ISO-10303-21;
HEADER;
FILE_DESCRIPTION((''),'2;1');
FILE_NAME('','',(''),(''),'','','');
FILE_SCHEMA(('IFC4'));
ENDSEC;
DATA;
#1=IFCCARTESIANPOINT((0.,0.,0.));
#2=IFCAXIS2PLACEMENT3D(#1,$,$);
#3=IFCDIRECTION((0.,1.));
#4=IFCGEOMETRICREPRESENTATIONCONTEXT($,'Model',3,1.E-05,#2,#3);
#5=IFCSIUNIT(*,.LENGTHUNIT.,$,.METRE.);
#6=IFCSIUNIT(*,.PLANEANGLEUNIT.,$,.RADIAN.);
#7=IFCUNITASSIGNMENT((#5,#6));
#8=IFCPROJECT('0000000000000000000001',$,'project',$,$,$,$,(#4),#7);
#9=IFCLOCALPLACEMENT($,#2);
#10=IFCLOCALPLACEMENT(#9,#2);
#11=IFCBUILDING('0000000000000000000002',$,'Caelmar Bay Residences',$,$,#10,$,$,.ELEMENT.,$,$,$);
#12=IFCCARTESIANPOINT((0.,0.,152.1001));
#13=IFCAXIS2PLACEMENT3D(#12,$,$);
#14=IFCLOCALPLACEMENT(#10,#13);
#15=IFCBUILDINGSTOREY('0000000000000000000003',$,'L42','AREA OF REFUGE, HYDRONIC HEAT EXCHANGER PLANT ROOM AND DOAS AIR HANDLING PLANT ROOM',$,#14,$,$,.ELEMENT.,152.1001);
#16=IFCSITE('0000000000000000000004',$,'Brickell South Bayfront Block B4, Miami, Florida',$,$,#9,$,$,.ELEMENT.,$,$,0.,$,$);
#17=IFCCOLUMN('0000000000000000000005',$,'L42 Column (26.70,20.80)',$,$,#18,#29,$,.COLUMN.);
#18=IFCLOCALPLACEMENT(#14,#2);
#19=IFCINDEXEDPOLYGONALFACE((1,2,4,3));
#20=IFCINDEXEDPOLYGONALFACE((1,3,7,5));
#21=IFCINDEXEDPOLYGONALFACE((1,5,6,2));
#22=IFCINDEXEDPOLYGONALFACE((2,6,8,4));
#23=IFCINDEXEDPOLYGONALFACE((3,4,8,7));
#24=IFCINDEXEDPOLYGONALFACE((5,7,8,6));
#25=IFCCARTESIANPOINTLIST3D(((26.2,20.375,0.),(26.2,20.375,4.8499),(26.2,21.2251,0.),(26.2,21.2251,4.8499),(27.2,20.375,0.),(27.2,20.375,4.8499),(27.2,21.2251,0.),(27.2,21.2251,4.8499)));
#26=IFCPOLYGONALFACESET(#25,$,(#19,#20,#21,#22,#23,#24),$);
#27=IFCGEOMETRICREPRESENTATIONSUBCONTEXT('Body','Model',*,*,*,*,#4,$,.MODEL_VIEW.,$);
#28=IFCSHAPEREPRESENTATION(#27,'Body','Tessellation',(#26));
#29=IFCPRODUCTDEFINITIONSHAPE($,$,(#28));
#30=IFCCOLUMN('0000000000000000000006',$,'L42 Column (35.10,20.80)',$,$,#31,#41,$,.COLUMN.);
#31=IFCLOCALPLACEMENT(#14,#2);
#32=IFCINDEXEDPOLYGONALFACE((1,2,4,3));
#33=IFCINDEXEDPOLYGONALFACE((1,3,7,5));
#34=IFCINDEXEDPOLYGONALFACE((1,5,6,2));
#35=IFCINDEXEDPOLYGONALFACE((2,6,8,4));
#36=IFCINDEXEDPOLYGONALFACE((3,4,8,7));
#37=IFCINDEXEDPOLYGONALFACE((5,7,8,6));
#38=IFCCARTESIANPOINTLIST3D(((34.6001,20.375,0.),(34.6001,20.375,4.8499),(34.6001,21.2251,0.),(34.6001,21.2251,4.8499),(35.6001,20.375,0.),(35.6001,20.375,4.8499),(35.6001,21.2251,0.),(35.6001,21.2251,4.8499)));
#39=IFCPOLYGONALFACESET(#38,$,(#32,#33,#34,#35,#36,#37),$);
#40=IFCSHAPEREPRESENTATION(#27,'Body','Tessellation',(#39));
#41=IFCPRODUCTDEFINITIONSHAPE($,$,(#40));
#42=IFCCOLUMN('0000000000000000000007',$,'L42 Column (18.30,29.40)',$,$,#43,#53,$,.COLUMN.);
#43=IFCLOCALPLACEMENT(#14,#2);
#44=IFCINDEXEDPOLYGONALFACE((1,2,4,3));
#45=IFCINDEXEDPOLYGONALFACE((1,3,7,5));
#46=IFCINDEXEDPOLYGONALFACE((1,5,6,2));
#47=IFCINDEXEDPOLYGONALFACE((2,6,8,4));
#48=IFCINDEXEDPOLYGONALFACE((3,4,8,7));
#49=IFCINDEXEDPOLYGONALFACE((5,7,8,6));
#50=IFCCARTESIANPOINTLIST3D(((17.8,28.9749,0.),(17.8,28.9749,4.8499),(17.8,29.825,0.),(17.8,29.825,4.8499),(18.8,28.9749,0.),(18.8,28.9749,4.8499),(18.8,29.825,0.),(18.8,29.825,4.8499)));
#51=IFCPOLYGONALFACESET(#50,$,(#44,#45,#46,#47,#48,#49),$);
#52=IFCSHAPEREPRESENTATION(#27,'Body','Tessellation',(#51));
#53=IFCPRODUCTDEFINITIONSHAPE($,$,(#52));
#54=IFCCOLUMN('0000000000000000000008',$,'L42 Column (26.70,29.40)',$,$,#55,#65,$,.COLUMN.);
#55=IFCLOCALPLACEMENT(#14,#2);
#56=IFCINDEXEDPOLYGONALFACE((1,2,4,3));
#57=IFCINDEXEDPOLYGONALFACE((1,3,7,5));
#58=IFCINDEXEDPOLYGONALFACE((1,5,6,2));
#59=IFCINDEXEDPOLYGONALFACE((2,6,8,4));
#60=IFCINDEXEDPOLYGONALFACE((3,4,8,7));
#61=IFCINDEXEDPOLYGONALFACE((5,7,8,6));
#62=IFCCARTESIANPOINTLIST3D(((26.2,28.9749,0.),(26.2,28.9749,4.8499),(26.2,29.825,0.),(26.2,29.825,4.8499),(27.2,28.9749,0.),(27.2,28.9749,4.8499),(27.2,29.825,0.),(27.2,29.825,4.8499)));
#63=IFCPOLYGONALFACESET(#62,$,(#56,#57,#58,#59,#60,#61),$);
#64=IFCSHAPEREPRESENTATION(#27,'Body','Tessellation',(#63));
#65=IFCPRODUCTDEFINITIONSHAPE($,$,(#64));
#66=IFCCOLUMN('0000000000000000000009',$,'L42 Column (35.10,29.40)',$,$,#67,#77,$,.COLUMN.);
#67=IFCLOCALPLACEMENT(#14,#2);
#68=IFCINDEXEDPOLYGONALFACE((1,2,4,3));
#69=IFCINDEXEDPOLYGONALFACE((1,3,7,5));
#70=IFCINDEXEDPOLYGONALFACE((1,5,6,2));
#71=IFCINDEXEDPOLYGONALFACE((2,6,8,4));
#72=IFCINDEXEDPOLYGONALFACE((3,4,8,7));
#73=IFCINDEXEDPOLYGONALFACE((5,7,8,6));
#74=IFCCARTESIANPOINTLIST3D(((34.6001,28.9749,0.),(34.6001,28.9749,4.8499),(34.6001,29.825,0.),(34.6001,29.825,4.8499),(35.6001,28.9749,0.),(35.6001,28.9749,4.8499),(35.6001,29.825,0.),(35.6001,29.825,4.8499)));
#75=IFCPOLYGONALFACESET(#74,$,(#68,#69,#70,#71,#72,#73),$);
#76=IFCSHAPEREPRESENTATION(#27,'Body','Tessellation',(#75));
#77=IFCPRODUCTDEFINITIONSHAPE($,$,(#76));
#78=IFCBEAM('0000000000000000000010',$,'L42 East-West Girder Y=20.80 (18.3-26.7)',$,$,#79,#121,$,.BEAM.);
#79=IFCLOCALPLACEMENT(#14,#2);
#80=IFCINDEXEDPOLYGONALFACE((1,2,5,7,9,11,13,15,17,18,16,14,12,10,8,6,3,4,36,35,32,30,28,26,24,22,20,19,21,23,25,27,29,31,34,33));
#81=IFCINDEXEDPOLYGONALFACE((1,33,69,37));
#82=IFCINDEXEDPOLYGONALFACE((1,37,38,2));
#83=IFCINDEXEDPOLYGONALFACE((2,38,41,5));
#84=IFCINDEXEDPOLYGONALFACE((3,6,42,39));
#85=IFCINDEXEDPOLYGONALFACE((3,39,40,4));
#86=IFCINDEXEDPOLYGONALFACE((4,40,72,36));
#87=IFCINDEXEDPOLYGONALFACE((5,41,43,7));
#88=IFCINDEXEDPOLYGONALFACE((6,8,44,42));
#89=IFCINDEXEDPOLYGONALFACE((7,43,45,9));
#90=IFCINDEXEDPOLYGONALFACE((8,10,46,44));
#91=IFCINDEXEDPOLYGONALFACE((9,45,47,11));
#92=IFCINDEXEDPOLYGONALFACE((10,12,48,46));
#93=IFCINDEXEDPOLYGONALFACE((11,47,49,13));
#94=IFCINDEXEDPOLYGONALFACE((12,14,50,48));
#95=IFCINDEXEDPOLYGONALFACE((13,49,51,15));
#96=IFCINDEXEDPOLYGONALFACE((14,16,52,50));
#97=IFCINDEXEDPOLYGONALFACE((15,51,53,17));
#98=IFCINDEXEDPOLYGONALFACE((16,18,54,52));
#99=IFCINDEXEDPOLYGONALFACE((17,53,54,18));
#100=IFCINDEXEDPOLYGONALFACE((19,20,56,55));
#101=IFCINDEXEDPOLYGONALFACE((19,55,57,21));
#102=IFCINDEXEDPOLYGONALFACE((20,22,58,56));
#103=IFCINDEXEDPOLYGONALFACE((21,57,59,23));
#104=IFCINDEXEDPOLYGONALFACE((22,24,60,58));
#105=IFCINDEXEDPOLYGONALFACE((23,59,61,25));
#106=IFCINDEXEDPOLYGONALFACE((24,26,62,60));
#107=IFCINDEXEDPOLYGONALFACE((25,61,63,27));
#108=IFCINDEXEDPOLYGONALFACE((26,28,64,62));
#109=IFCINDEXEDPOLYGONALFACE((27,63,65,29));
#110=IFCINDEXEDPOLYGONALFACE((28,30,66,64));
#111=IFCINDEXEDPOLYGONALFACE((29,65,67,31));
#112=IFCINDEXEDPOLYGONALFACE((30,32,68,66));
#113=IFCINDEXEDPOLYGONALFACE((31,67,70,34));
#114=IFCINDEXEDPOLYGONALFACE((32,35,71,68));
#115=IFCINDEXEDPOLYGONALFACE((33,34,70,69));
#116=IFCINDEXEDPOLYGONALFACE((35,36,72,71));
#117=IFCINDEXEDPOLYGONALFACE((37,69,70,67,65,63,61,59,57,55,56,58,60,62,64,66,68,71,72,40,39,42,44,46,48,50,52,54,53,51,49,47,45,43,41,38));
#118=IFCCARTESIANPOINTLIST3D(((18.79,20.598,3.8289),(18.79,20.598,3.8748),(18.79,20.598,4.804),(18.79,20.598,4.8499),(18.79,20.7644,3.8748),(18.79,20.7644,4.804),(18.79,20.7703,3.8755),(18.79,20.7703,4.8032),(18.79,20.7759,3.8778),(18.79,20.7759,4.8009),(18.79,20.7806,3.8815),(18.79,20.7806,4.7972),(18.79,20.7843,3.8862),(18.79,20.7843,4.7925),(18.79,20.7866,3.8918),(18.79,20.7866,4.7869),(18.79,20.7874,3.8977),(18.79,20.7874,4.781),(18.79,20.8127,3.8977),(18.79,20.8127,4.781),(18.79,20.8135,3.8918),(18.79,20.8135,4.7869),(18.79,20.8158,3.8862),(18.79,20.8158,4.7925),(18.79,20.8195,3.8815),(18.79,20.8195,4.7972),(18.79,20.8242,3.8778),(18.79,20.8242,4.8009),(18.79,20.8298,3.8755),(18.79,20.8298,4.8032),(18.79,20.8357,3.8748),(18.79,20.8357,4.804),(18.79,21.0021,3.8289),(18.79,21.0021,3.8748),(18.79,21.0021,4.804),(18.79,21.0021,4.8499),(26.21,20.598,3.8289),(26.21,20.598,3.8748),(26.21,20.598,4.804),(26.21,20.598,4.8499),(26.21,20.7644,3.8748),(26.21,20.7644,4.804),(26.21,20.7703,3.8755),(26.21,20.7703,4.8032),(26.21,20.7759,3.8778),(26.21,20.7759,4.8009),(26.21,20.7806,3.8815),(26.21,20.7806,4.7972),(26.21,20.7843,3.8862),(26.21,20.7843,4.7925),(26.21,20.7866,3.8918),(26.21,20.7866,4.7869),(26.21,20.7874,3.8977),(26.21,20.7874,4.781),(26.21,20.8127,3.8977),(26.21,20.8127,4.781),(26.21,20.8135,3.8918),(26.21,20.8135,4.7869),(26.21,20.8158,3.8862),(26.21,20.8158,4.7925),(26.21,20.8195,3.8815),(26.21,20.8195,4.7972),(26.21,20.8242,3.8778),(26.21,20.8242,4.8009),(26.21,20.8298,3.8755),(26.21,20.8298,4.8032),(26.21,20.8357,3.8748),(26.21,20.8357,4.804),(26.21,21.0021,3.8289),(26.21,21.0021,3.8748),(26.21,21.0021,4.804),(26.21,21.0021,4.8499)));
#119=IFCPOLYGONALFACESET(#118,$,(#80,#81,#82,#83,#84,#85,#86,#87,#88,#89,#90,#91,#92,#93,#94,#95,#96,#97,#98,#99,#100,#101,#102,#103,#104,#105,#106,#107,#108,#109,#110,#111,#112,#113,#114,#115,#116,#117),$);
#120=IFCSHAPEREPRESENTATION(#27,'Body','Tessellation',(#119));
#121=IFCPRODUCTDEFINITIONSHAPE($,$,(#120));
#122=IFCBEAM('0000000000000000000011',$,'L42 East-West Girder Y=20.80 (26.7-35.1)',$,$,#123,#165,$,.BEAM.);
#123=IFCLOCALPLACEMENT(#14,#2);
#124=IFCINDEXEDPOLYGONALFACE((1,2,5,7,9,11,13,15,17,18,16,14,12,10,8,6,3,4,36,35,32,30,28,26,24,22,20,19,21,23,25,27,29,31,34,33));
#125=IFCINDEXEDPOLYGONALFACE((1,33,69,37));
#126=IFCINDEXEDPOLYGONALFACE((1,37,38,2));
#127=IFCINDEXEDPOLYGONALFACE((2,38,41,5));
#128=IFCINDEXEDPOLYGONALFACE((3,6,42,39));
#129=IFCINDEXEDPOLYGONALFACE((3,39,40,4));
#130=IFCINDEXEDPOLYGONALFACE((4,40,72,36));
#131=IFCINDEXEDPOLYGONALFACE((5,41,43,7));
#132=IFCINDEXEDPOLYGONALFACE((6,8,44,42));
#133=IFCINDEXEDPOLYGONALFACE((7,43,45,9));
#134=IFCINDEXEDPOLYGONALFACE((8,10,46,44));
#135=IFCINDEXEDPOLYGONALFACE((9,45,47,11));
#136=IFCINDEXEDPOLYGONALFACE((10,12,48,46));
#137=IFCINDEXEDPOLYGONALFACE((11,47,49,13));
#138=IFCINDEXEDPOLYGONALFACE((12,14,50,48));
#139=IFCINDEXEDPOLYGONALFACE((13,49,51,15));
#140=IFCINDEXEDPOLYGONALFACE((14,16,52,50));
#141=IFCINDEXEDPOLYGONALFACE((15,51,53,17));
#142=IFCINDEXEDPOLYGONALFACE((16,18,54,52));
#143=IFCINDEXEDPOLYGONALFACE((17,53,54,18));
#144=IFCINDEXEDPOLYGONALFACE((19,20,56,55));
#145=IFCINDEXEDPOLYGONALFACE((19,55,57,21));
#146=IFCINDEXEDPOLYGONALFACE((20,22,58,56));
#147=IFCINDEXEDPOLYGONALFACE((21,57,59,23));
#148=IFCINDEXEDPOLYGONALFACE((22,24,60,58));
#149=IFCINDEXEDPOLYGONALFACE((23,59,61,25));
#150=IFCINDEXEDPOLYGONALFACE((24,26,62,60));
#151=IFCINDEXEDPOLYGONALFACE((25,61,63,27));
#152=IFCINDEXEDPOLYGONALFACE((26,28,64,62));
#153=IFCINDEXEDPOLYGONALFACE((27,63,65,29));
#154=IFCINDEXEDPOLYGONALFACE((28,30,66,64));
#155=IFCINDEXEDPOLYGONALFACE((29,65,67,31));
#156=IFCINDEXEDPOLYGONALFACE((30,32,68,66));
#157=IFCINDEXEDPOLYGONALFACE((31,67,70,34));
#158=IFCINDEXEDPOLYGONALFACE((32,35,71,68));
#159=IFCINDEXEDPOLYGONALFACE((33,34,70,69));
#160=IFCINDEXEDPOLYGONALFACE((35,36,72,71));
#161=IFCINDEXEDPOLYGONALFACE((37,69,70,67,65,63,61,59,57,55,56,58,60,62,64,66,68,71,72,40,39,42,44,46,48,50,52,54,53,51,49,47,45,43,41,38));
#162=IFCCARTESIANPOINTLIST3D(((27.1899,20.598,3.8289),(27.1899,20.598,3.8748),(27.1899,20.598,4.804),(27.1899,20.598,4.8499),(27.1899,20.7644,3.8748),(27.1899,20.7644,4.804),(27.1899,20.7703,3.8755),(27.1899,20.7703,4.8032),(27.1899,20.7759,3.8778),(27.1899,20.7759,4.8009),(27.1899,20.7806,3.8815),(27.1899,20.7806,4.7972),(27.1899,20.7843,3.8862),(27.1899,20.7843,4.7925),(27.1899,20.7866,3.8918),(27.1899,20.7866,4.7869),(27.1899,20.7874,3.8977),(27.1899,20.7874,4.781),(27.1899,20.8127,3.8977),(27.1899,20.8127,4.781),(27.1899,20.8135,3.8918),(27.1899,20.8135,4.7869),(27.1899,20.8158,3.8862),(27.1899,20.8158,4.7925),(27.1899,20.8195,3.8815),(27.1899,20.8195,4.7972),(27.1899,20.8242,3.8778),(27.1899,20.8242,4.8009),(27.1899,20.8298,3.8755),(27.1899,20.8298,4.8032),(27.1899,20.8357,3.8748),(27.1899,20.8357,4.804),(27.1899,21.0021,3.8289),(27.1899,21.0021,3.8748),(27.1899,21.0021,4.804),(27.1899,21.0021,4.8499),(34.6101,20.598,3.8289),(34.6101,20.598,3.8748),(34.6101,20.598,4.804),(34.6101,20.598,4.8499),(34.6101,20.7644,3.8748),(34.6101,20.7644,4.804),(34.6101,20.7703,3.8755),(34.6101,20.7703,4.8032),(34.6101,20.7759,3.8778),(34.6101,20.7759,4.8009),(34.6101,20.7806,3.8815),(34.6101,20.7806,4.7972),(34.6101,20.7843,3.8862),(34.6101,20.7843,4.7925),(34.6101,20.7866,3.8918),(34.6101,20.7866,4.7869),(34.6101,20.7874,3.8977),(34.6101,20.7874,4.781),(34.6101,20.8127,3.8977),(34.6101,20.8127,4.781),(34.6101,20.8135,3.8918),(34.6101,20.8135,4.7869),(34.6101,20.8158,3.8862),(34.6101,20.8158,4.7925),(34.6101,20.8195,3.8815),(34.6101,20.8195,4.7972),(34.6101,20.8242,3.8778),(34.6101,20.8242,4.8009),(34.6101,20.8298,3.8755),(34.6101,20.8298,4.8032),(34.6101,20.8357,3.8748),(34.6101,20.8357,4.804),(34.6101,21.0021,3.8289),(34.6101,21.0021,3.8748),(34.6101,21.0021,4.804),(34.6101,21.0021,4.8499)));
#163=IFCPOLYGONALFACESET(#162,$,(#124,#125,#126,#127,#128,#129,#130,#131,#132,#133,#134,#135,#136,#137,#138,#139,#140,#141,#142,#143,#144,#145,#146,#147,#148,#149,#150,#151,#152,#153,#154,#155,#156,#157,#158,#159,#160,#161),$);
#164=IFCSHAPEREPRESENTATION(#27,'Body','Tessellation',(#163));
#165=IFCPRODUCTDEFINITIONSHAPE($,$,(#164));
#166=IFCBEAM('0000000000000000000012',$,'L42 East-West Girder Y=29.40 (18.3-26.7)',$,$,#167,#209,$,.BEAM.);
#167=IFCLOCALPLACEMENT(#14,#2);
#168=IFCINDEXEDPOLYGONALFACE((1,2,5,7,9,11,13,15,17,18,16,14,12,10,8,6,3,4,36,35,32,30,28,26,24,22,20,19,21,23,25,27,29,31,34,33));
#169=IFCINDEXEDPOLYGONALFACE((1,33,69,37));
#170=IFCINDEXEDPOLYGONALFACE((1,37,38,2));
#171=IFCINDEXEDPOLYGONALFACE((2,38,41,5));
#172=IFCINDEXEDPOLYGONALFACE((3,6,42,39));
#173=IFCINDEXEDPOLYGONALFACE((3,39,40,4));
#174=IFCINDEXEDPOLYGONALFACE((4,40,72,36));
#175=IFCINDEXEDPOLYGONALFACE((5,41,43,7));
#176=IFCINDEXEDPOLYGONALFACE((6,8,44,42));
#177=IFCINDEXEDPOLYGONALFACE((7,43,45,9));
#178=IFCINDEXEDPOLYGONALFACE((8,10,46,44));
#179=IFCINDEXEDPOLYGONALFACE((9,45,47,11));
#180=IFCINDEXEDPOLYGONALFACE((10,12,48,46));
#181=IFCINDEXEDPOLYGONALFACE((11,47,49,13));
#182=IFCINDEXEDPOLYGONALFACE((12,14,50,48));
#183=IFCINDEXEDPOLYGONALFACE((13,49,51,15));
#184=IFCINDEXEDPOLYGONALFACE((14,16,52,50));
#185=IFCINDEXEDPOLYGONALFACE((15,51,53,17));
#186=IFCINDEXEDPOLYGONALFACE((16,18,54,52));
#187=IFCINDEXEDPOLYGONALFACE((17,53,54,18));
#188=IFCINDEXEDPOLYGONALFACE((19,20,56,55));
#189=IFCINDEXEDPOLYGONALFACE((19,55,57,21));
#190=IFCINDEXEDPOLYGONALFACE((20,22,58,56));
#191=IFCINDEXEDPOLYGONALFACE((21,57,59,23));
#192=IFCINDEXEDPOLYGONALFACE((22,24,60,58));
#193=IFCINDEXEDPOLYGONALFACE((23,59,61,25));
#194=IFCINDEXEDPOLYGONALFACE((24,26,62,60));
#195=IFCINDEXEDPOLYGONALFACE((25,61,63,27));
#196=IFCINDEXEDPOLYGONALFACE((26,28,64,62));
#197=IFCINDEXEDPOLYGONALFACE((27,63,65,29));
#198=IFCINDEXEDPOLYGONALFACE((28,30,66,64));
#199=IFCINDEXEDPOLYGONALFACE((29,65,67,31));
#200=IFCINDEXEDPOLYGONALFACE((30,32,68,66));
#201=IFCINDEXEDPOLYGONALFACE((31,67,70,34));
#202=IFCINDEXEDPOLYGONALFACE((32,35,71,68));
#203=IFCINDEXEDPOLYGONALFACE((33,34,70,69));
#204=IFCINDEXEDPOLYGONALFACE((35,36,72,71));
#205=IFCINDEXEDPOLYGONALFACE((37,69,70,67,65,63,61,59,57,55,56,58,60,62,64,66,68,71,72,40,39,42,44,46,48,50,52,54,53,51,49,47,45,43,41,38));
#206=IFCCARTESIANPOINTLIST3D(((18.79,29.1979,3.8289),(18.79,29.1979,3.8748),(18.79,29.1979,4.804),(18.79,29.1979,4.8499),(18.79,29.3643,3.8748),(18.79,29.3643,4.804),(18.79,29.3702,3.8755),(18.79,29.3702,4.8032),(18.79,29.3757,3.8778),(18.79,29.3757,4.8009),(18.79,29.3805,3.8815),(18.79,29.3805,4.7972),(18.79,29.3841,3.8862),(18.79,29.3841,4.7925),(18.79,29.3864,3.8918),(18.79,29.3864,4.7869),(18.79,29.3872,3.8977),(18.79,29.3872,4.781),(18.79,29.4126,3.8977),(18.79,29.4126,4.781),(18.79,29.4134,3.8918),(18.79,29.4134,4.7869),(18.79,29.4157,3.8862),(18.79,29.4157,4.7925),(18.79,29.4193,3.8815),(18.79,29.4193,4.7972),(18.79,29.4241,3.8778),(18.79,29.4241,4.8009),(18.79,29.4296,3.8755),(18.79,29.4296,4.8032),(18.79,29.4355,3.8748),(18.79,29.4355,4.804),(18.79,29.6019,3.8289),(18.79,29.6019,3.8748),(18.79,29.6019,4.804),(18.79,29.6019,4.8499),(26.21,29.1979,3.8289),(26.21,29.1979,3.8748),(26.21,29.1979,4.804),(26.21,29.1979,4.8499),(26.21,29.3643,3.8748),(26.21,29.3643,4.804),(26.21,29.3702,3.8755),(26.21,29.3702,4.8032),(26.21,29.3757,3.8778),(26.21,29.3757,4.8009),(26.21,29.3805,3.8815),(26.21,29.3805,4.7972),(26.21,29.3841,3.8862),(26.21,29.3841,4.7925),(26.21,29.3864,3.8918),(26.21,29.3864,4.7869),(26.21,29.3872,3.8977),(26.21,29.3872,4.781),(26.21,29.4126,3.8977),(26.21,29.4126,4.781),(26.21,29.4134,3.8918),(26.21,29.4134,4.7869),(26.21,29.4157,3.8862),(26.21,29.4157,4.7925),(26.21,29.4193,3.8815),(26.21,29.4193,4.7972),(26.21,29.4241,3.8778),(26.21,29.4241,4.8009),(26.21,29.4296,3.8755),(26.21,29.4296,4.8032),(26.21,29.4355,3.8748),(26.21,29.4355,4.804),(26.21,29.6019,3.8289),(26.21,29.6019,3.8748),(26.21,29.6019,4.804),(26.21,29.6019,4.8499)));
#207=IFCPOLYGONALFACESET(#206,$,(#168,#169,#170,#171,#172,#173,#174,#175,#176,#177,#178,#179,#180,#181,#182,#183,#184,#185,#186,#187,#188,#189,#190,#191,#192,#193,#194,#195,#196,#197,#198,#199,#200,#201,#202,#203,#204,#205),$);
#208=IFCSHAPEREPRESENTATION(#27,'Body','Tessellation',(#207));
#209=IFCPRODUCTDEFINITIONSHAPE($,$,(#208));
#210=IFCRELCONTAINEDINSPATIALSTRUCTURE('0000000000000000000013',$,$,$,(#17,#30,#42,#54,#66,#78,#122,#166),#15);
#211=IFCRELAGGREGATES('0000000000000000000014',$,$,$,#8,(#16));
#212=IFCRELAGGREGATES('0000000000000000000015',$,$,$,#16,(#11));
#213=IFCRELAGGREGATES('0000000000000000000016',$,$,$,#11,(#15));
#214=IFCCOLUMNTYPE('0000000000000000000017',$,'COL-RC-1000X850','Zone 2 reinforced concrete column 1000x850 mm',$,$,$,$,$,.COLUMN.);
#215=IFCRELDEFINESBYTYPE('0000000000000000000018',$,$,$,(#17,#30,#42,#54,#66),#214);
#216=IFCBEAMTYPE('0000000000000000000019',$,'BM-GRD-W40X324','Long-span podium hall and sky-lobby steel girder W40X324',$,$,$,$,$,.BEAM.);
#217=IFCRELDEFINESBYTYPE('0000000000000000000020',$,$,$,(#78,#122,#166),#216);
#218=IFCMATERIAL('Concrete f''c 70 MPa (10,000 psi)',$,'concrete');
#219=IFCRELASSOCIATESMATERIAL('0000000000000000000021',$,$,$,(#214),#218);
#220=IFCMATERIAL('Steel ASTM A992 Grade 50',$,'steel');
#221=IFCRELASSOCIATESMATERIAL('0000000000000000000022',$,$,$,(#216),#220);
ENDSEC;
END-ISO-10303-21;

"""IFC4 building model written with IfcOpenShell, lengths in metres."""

from ifc_helpers import new_model, si_unit, direction, frame, origin, origin_2d, place, context, subcontext, project, spatial, rectangle, i_section, extrude, material, material_profile, profile_set, type_object, element, save


model = new_model("IFC4")

# Units and contexts
model_context = context("Model", 3, precision=1e-05, world=origin(), true_north=direction((0.0, 1.0)))
body_context = subcontext(model_context, "Body", "Model", "MODEL_VIEW")
ifc_project = project(units=[si_unit("LENGTHUNIT", "METRE"), si_unit("PLANEANGLEUNIT", "RADIAN")], contexts=[model_context])

# Site, building, storey
site_placement = place(None, origin())
site = spatial("IfcSite", under=ifc_project, at=site_placement, Name="Brickell South Bayfront Block B4, Miami, Florida", CompositionType="ELEMENT", RefElevation=0.0)
building_placement = place(site_placement, origin())
building = spatial("IfcBuilding", under=site, at=building_placement, Name="Caelmar Bay Residences", CompositionType="ELEMENT")
storey_placement = place(building_placement, frame((0.0, 0.0, 152.1001)))
storey = spatial("IfcBuildingStorey", under=building, at=storey_placement, Name="L42", Description="AREA OF REFUGE, HYDRONIC HEAT EXCHANGER PLANT ROOM AND DOAS AIR HANDLING PLANT ROOM", CompositionType="ELEMENT", Elevation=152.1001)

# Columns
ifc_material_1 = material(Name="Concrete f'c 70 MPa (10,000 psi)", Category="concrete")
ifc_material_profile_1 = material_profile(ifc_material_1, rectangle(XDim=1.0, YDim=0.8501, at=origin_2d()), Name="RC-COL-1000X850")
ifc_profile_set_1 = profile_set([ifc_material_profile_1], Name="Concrete f'c 70 MPa (10,000 psi)")
column_type = type_object("IfcColumnType", Name="COL-RC-1000X850", Description="Zone 2 reinforced concrete column 1000x850 mm", PredefinedType="COLUMN", material=ifc_profile_set_1)
for number, where, z_axis, x_axis, name in (
    (1, (26.7, 20.8, 0.0), (0.0, 0.0, 1.0), (1.0, 0.0, 0.0), "L42 Column (26.70,20.80)"),
    (2, (35.1001, 20.8, 0.0), (0.0, 0.0, 1.0), (1.0, 0.0, 0.0), "L42 Column (35.10,20.80)"),
    (3, (18.3, 29.3999, 0.0), (0.0, 0.0, 1.0), (1.0, 0.0, 0.0), "L42 Column (18.30,29.40)"),
    (4, (26.7, 29.3999, 0.0), (0.0, 0.0, 1.0), (1.0, 0.0, 0.0), "L42 Column (26.70,29.40)"),
    (5, (35.1001, 29.3999, 0.0), (0.0, 0.0, 1.0), (1.0, 0.0, 0.0), "L42 Column (35.10,29.40)"),
):
    element("IfcColumn", number, at=place(storey_placement, frame(where, z_axis=z_axis, x_axis=x_axis)), inside=storey, type_object=column_type, Name=name, PredefinedType="COLUMN", context=body_context, shape_type="SweptSolid", body=[
        extrude(rectangle(XDim=1.0, YDim=0.8501, at=origin_2d()), origin(), (0.0, 0.0, 1.0), 4.8499),
    ])

# Beams
ifc_material_2 = material(Name="Steel ASTM A992 Grade 50", Category="steel")
ifc_material_profile_2 = material_profile(ifc_material_2, i_section(OverallWidth=0.4041, OverallDepth=1.021, WebThickness=0.0254, FlangeThickness=0.0459, FilletRadius=0.0229, at=origin_2d()), Name="W40X324")
ifc_profile_set_2 = profile_set([ifc_material_profile_2], Name="Steel ASTM A992 Grade 50")
beam_type_1 = type_object("IfcBeamType", Name="BM-GRD-W40X324", Description="Long-span podium hall and sky-lobby steel girder W40X324", PredefinedType="BEAM", material=ifc_profile_set_2)
beam_1_placement = place(storey_placement, frame((18.79, 20.8, 4.3394), z_axis=(1.0, 0.0, 0.0), x_axis=(0.0, 1.0, 0.0)))
element("IfcBeam", 6, at=beam_1_placement, inside=storey, type_object=beam_type_1, Name="L42 East-West Girder Y=20.80 (18.3-26.7)", PredefinedType="BEAM", context=body_context, shape_type="SweptSolid", body=[
    extrude(i_section(OverallWidth=0.4041, OverallDepth=1.021, WebThickness=0.0254, FlangeThickness=0.0459, FilletRadius=0.0229, at=origin_2d()), origin(), (0.0, 0.0, 1.0), 7.4199),
])
beam_2_placement = place(storey_placement, frame((27.1899, 20.8, 4.3394), z_axis=(1.0, 0.0, 0.0), x_axis=(0.0, 1.0, 0.0)))
element("IfcBeam", 7, at=beam_2_placement, inside=storey, type_object=beam_type_1, Name="L42 East-West Girder Y=20.80 (26.7-35.1)", PredefinedType="BEAM", context=body_context, shape_type="SweptSolid", body=[
    extrude(i_section(OverallWidth=0.4041, OverallDepth=1.021, WebThickness=0.0254, FlangeThickness=0.0459, FilletRadius=0.0229, at=origin_2d()), origin(), (0.0, 0.0, 1.0), 7.4202),
])
beam_3_placement = place(storey_placement, frame((18.79, 29.3999, 4.3394), z_axis=(1.0, 0.0, 0.0), x_axis=(0.0, 1.0, 0.0)))
element("IfcBeam", 8, at=beam_3_placement, inside=storey, type_object=beam_type_1, Name="L42 East-West Girder Y=29.40 (18.3-26.7)", PredefinedType="BEAM", context=body_context, shape_type="SweptSolid", body=[
    extrude(i_section(OverallWidth=0.4041, OverallDepth=1.021, WebThickness=0.0254, FlangeThickness=0.0459, FilletRadius=0.0229, at=origin_2d()), origin(), (0.0, 0.0, 1.0), 7.4199),
])

save(model, "model.ifc")
